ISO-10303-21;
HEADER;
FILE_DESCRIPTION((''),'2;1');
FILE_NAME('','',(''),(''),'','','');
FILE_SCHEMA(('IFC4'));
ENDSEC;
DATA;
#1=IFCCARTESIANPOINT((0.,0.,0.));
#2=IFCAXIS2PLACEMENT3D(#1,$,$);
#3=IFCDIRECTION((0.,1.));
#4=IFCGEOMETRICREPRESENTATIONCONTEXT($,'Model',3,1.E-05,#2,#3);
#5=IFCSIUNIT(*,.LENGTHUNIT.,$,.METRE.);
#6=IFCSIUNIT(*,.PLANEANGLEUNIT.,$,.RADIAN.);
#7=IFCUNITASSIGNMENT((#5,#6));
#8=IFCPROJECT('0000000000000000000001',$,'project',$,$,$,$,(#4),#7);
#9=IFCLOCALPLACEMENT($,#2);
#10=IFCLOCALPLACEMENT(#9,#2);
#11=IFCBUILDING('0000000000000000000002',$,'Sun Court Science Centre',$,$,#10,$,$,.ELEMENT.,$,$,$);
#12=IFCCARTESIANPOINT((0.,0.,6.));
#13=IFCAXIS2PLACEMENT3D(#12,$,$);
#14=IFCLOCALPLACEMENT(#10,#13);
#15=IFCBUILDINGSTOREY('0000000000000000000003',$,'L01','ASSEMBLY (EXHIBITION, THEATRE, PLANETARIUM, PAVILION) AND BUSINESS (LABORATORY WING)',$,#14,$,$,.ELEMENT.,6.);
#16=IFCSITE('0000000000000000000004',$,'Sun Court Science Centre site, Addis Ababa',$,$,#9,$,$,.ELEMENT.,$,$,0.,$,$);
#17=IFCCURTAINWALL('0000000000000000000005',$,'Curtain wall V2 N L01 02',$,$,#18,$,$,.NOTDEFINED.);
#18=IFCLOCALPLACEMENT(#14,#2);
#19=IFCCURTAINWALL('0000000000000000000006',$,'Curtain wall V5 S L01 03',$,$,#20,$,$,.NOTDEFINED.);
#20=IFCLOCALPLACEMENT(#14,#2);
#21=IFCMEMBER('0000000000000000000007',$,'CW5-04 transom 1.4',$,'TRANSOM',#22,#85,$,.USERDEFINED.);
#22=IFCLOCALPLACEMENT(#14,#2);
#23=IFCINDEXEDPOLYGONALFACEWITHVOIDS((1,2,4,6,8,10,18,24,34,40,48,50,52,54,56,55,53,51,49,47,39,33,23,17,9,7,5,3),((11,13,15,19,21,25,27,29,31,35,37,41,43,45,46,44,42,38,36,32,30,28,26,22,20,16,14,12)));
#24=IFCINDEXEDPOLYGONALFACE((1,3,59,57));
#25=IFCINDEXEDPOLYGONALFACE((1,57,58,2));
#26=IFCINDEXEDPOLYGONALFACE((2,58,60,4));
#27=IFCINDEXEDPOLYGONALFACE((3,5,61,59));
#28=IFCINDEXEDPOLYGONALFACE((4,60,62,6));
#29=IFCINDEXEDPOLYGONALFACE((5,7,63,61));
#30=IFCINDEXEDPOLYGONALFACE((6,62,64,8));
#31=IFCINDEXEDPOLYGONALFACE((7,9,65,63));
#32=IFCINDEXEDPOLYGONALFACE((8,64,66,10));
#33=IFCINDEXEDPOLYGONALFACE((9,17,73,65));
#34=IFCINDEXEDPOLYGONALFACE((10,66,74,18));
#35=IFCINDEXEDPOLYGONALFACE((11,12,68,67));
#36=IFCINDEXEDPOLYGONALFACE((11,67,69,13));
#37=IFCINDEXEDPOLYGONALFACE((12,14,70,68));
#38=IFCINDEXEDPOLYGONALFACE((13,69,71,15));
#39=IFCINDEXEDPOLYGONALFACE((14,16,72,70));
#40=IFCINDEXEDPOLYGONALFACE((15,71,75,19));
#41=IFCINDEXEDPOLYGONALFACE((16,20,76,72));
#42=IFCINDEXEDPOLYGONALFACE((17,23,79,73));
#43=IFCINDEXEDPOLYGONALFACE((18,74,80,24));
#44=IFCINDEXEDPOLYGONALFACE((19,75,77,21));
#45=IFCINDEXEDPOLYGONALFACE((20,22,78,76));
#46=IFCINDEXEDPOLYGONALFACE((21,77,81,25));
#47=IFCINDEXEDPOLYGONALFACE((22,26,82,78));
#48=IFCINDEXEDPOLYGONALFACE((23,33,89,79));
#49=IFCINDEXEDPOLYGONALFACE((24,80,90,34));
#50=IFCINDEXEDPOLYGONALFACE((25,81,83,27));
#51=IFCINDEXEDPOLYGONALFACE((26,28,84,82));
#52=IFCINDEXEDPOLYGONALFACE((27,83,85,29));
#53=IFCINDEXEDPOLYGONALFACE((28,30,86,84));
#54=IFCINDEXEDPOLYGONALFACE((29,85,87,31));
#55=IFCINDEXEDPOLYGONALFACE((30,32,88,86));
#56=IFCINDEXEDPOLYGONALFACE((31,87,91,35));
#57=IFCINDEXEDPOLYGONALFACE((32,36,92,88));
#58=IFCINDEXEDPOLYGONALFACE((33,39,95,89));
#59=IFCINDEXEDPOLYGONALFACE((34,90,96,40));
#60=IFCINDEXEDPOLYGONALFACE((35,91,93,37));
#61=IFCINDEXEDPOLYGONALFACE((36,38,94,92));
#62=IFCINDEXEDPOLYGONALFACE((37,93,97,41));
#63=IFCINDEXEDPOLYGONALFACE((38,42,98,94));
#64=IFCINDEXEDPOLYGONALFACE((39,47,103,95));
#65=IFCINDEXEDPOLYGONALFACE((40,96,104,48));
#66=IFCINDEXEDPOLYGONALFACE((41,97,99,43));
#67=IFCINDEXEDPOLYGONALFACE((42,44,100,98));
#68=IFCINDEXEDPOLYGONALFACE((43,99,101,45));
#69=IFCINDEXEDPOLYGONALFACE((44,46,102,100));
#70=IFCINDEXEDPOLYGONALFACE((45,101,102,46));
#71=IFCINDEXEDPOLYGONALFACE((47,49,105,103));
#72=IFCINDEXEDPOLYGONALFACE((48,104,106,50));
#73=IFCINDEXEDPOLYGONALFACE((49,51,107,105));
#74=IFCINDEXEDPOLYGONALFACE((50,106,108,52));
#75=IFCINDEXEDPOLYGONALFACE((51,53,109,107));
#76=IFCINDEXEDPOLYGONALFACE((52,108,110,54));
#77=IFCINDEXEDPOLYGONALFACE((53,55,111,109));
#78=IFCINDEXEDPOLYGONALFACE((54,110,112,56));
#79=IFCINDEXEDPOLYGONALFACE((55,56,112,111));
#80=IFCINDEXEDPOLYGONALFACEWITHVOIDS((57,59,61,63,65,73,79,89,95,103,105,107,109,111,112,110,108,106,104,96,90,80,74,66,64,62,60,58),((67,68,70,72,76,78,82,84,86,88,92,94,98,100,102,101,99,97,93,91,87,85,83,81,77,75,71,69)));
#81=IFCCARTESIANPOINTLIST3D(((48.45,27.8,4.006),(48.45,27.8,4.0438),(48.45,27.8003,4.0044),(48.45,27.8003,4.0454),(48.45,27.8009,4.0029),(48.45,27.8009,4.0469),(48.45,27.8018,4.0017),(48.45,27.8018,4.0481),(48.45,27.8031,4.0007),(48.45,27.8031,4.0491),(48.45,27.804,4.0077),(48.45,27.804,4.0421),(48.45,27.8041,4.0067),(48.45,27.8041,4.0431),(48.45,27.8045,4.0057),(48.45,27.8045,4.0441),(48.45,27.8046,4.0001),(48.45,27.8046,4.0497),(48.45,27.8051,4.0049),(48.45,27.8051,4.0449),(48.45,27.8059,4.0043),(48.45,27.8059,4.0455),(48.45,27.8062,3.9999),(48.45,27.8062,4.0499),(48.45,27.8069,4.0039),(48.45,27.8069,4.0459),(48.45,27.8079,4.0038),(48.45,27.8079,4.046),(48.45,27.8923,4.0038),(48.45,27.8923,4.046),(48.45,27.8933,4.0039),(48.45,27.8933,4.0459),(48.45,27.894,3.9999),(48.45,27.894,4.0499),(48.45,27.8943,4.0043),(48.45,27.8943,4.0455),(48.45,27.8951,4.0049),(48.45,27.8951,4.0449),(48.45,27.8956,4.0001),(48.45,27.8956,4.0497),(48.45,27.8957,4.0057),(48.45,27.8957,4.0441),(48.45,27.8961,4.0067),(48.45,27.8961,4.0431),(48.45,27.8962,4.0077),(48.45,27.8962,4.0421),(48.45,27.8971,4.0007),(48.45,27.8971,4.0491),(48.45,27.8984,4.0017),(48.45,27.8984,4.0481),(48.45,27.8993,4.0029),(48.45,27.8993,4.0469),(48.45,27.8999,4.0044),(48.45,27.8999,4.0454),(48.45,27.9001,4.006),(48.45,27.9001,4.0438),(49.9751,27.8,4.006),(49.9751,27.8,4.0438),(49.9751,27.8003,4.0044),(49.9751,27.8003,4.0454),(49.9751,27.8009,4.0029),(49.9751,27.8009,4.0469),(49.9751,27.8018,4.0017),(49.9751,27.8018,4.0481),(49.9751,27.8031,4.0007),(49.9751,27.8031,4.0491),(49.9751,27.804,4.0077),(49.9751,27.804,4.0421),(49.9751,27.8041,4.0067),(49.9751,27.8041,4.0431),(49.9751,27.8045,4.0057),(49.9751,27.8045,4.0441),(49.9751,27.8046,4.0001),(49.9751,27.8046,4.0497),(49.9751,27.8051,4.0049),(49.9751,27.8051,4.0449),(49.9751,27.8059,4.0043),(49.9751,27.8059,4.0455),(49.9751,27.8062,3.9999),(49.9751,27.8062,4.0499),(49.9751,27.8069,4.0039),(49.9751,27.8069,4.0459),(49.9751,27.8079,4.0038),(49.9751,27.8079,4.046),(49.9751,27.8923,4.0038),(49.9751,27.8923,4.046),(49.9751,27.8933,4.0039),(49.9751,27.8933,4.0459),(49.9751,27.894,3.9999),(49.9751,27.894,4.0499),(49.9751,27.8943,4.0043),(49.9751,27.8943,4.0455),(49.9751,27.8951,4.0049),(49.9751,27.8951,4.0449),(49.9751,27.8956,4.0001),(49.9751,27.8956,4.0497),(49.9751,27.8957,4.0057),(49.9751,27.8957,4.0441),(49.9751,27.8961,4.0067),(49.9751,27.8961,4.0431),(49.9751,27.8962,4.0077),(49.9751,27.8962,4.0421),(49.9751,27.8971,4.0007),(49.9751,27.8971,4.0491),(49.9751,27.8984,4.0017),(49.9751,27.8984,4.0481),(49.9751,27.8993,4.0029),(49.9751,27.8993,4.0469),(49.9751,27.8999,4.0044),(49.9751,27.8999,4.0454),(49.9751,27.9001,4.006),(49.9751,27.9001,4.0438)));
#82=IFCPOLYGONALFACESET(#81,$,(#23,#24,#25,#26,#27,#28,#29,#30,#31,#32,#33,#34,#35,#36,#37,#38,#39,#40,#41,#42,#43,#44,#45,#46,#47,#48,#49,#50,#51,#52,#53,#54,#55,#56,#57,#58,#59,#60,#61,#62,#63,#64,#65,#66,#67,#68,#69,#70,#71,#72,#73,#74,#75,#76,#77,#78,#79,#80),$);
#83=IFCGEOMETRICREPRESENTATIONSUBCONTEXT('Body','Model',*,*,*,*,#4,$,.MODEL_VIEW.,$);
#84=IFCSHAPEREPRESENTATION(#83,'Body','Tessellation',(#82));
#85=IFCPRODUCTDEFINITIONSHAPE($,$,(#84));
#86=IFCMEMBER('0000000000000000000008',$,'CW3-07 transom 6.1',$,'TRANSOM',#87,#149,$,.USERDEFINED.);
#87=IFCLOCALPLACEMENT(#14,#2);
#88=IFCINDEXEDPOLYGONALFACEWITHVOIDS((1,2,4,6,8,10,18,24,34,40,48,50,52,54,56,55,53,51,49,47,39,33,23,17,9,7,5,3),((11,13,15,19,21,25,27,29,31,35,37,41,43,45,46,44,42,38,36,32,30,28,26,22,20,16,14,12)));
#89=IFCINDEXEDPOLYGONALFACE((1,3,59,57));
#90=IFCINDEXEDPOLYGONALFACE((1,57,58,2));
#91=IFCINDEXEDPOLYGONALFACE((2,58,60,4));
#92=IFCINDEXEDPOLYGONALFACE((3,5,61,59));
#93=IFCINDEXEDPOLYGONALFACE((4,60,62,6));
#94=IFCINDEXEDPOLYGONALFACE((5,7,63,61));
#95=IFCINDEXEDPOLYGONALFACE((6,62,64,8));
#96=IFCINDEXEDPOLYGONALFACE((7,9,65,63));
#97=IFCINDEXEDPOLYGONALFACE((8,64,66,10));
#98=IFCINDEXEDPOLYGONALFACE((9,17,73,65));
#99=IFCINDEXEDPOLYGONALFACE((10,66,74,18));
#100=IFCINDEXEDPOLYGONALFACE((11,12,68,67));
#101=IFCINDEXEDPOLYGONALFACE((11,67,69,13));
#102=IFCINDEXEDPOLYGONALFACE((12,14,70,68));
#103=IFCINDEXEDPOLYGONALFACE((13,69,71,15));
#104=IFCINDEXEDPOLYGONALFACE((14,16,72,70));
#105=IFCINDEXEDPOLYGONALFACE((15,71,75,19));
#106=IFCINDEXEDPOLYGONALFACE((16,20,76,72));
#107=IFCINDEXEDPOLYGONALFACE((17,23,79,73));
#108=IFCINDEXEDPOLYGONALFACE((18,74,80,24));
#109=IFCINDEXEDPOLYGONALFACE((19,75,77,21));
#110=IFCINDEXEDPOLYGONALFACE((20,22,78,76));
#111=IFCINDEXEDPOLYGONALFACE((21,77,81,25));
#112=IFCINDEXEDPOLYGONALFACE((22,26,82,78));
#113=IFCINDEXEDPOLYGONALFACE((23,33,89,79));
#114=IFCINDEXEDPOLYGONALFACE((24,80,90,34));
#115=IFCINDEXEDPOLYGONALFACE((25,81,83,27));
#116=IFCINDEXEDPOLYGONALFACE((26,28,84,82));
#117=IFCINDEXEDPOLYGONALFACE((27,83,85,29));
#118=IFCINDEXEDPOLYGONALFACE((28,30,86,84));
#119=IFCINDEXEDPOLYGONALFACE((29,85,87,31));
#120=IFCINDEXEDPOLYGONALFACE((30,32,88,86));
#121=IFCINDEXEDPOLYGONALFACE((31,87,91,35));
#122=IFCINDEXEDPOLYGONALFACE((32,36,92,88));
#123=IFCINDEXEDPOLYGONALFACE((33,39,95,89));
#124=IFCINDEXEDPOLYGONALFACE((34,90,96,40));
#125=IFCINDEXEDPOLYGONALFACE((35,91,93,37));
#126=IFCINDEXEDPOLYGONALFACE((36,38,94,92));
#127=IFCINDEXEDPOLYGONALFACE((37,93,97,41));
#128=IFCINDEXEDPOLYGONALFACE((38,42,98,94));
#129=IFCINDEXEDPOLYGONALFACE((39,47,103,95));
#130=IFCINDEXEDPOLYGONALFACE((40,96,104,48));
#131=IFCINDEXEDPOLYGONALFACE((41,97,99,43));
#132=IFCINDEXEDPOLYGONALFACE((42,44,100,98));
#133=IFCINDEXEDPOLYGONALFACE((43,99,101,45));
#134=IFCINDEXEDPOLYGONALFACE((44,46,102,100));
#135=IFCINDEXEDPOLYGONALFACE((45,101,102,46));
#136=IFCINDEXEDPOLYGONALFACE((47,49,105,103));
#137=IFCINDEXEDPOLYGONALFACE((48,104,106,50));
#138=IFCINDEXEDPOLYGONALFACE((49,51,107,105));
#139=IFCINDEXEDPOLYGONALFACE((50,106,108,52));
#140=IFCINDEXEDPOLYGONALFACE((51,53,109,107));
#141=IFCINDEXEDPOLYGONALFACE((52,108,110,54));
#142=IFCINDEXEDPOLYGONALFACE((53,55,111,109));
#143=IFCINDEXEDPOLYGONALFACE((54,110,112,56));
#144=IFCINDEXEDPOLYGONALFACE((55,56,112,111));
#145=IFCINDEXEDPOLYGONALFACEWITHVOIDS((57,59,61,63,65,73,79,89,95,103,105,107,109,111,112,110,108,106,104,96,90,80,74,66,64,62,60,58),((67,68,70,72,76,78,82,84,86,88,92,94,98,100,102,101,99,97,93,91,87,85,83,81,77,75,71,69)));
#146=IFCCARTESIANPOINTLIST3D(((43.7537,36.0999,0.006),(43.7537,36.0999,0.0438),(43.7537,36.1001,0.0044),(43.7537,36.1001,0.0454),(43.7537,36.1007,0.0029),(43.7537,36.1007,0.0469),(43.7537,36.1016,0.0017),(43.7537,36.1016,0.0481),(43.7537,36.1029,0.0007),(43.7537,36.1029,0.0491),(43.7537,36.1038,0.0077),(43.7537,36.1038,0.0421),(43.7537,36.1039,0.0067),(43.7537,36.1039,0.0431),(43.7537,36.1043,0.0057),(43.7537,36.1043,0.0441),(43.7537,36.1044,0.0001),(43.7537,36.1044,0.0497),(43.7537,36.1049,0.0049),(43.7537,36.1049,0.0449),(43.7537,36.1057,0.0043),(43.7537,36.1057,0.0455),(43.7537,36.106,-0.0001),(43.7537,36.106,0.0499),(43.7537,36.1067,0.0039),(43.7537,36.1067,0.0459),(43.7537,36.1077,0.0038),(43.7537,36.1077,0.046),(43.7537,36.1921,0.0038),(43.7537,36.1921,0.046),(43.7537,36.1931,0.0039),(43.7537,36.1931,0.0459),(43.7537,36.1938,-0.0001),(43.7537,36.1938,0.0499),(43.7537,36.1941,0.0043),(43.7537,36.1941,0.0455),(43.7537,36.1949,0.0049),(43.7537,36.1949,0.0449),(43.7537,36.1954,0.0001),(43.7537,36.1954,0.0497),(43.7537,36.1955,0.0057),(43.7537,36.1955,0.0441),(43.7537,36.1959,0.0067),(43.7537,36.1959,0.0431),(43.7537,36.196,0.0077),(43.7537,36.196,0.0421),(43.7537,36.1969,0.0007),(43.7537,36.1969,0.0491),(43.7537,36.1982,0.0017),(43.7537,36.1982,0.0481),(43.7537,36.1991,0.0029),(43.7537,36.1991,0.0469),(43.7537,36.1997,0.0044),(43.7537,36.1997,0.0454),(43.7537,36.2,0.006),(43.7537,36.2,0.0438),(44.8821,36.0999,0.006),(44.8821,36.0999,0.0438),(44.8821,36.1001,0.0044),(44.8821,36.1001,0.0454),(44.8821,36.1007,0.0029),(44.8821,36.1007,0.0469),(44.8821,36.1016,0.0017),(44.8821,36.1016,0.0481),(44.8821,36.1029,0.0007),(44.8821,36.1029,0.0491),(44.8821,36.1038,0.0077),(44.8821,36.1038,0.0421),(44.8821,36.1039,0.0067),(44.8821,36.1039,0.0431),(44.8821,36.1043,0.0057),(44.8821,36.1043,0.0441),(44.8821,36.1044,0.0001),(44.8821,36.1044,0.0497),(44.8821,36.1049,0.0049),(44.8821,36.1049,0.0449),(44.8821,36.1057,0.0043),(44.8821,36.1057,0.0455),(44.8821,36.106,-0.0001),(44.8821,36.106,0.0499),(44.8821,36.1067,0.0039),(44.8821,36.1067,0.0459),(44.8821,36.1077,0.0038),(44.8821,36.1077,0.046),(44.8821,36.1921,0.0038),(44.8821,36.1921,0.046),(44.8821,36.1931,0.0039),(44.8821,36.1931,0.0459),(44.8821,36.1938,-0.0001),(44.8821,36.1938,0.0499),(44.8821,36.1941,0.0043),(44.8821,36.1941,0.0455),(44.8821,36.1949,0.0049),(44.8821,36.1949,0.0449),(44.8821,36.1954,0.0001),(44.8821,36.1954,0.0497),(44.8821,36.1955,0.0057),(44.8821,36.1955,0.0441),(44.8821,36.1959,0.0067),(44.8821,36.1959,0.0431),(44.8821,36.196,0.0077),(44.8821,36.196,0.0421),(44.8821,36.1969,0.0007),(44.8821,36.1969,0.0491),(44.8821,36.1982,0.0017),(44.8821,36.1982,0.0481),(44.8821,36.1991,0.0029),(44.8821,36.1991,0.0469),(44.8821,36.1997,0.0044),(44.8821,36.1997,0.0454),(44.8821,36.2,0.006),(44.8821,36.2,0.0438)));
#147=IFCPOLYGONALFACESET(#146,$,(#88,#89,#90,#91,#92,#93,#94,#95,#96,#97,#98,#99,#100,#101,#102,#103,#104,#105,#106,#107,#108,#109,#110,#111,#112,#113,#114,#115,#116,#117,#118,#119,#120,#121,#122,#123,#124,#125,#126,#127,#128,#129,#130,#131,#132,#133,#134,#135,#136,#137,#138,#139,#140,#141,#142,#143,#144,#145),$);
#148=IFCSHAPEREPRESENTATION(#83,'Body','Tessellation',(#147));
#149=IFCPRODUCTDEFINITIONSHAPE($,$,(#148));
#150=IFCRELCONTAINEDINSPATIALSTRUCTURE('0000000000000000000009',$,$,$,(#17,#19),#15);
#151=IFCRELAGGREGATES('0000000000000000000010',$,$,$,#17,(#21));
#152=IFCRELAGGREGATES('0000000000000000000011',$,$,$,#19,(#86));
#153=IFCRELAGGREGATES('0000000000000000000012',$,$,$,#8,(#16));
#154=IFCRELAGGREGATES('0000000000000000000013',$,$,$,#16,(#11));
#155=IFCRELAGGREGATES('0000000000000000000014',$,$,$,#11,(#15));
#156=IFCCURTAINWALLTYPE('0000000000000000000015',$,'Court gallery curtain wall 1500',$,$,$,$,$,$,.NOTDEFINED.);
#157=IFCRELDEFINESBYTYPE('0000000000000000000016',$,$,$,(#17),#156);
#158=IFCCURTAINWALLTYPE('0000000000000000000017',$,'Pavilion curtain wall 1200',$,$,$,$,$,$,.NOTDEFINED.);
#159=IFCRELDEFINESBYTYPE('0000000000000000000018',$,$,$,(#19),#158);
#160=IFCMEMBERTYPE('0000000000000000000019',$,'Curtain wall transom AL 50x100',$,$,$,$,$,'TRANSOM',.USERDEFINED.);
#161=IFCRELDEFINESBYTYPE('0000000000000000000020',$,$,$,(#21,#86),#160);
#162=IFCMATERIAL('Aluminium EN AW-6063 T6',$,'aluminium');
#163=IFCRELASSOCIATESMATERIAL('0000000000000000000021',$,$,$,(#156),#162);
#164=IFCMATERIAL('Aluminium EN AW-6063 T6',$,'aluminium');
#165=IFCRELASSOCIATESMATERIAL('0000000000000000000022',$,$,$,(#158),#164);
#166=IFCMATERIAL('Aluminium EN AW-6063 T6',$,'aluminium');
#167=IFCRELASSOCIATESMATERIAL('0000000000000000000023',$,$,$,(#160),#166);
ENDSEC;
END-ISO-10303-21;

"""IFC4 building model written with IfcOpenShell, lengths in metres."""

from ifc_helpers import new_model, si_unit, direction, frame, origin, origin_2d, place, context, subcontext, project, spatial, hollow_rectangle, extrude, material, material_profile, profile_set, type_object, element, aggregate, save


model = new_model("IFC4")

# Units and contexts
model_context = context("Model", 3, precision=1e-05, world=origin(), true_north=direction((0.0, 1.0)))
body_context = subcontext(model_context, "Body", "Model", "MODEL_VIEW")
ifc_project = project(units=[si_unit("LENGTHUNIT", "METRE"), si_unit("PLANEANGLEUNIT", "RADIAN")], contexts=[model_context])

# Site, building, storey
site_placement = place(None, origin())
site = spatial("IfcSite", under=ifc_project, at=site_placement, Name="Sun Court Science Centre site, Addis Ababa", CompositionType="ELEMENT", RefElevation=0.0)
building_placement = place(site_placement, origin())
building = spatial("IfcBuilding", under=site, at=building_placement, Name="Sun Court Science Centre", CompositionType="ELEMENT")
storey_placement = place(building_placement, frame((0.0, 0.0, 6.0)))
storey = spatial("IfcBuildingStorey", under=building, at=storey_placement, Name="L01", Description="ASSEMBLY (EXHIBITION, THEATRE, PLANETARIUM, PAVILION) AND BUSINESS (LABORATORY WING)", CompositionType="ELEMENT", Elevation=6.0)

# Curtain wall
ifc_material_1 = material(Name="Aluminium EN AW-6063 T6", Category="aluminium")
curtain_wall_type_1 = type_object("IfcCurtainWallType", Name="Court gallery curtain wall 1500", PredefinedType="NOTDEFINED", material=ifc_material_1)
curtain_wall_1_placement = place(storey_placement, origin())
curtain_wall_1 = element("IfcCurtainWall", 1, at=curtain_wall_1_placement, inside=storey, type_object=curtain_wall_type_1, Name="Curtain wall V2 N L01 02", PredefinedType="NOTDEFINED")

# Curtain wall
ifc_material_2 = material(Name="Aluminium EN AW-6063 T6", Category="aluminium")
curtain_wall_type_2 = type_object("IfcCurtainWallType", Name="Pavilion curtain wall 1200", PredefinedType="NOTDEFINED", material=ifc_material_2)
curtain_wall_2_placement = place(storey_placement, origin())
curtain_wall_2 = element("IfcCurtainWall", 2, at=curtain_wall_2_placement, inside=storey, type_object=curtain_wall_type_2, Name="Curtain wall V5 S L01 03", PredefinedType="NOTDEFINED")

# Members
ifc_material_3 = material(Name="Aluminium EN AW-6063 T6", Category="aluminium")
ifc_material_profile_1 = material_profile(ifc_material_3, hollow_rectangle(XDim=0.05, YDim=0.1001, WallThickness=0.0039, InnerFilletRadius=0.0039, OuterFilletRadius=0.0061, at=origin_2d()), Name="AL 50x100x4")
ifc_profile_set_1 = profile_set([ifc_material_profile_1], Name="Aluminium EN AW-6063 T6")
member_type_1 = type_object("IfcMemberType", Name="Curtain wall transom AL 50x100", ElementType="TRANSOM", PredefinedType="USERDEFINED", material=ifc_profile_set_1)
member_1_placement = place(storey_placement, frame((48.45, 27.8501, 4.0249), z_axis=(1.0, 0.0, 0.0), x_axis=(0.0, 0.0, 1.0)))
member_1 = element("IfcMember", 3, at=member_1_placement, type_object=member_type_1, Name="CW5-04 transom 1.4", ObjectType="TRANSOM", PredefinedType="USERDEFINED", context=body_context, shape_type="SweptSolid", body=[
    extrude(hollow_rectangle(XDim=0.05, YDim=0.1001, WallThickness=0.0039, InnerFilletRadius=0.0039, OuterFilletRadius=0.0061, at=origin_2d()), origin(), (0.0, 0.0, 1.0), 1.5251),
])
aggregate(curtain_wall_1, [member_1])
member_2_placement = place(storey_placement, frame((44.8821, 36.1499, 0.0249), z_axis=(-1.0, 0.0, 0.0), x_axis=(0.0, 0.0, 1.0)))
member_2 = element("IfcMember", 4, at=member_2_placement, type_object=member_type_1, Name="CW3-07 transom 6.1", ObjectType="TRANSOM", PredefinedType="USERDEFINED", context=body_context, shape_type="SweptSolid", body=[
    extrude(hollow_rectangle(XDim=0.05, YDim=0.1001, WallThickness=0.0039, InnerFilletRadius=0.0039, OuterFilletRadius=0.0061, at=origin_2d()), origin(), (0.0, 0.0, 1.0), 1.1284),
])

aggregate(curtain_wall_2, [member_2])

save(model, "model.ifc")
